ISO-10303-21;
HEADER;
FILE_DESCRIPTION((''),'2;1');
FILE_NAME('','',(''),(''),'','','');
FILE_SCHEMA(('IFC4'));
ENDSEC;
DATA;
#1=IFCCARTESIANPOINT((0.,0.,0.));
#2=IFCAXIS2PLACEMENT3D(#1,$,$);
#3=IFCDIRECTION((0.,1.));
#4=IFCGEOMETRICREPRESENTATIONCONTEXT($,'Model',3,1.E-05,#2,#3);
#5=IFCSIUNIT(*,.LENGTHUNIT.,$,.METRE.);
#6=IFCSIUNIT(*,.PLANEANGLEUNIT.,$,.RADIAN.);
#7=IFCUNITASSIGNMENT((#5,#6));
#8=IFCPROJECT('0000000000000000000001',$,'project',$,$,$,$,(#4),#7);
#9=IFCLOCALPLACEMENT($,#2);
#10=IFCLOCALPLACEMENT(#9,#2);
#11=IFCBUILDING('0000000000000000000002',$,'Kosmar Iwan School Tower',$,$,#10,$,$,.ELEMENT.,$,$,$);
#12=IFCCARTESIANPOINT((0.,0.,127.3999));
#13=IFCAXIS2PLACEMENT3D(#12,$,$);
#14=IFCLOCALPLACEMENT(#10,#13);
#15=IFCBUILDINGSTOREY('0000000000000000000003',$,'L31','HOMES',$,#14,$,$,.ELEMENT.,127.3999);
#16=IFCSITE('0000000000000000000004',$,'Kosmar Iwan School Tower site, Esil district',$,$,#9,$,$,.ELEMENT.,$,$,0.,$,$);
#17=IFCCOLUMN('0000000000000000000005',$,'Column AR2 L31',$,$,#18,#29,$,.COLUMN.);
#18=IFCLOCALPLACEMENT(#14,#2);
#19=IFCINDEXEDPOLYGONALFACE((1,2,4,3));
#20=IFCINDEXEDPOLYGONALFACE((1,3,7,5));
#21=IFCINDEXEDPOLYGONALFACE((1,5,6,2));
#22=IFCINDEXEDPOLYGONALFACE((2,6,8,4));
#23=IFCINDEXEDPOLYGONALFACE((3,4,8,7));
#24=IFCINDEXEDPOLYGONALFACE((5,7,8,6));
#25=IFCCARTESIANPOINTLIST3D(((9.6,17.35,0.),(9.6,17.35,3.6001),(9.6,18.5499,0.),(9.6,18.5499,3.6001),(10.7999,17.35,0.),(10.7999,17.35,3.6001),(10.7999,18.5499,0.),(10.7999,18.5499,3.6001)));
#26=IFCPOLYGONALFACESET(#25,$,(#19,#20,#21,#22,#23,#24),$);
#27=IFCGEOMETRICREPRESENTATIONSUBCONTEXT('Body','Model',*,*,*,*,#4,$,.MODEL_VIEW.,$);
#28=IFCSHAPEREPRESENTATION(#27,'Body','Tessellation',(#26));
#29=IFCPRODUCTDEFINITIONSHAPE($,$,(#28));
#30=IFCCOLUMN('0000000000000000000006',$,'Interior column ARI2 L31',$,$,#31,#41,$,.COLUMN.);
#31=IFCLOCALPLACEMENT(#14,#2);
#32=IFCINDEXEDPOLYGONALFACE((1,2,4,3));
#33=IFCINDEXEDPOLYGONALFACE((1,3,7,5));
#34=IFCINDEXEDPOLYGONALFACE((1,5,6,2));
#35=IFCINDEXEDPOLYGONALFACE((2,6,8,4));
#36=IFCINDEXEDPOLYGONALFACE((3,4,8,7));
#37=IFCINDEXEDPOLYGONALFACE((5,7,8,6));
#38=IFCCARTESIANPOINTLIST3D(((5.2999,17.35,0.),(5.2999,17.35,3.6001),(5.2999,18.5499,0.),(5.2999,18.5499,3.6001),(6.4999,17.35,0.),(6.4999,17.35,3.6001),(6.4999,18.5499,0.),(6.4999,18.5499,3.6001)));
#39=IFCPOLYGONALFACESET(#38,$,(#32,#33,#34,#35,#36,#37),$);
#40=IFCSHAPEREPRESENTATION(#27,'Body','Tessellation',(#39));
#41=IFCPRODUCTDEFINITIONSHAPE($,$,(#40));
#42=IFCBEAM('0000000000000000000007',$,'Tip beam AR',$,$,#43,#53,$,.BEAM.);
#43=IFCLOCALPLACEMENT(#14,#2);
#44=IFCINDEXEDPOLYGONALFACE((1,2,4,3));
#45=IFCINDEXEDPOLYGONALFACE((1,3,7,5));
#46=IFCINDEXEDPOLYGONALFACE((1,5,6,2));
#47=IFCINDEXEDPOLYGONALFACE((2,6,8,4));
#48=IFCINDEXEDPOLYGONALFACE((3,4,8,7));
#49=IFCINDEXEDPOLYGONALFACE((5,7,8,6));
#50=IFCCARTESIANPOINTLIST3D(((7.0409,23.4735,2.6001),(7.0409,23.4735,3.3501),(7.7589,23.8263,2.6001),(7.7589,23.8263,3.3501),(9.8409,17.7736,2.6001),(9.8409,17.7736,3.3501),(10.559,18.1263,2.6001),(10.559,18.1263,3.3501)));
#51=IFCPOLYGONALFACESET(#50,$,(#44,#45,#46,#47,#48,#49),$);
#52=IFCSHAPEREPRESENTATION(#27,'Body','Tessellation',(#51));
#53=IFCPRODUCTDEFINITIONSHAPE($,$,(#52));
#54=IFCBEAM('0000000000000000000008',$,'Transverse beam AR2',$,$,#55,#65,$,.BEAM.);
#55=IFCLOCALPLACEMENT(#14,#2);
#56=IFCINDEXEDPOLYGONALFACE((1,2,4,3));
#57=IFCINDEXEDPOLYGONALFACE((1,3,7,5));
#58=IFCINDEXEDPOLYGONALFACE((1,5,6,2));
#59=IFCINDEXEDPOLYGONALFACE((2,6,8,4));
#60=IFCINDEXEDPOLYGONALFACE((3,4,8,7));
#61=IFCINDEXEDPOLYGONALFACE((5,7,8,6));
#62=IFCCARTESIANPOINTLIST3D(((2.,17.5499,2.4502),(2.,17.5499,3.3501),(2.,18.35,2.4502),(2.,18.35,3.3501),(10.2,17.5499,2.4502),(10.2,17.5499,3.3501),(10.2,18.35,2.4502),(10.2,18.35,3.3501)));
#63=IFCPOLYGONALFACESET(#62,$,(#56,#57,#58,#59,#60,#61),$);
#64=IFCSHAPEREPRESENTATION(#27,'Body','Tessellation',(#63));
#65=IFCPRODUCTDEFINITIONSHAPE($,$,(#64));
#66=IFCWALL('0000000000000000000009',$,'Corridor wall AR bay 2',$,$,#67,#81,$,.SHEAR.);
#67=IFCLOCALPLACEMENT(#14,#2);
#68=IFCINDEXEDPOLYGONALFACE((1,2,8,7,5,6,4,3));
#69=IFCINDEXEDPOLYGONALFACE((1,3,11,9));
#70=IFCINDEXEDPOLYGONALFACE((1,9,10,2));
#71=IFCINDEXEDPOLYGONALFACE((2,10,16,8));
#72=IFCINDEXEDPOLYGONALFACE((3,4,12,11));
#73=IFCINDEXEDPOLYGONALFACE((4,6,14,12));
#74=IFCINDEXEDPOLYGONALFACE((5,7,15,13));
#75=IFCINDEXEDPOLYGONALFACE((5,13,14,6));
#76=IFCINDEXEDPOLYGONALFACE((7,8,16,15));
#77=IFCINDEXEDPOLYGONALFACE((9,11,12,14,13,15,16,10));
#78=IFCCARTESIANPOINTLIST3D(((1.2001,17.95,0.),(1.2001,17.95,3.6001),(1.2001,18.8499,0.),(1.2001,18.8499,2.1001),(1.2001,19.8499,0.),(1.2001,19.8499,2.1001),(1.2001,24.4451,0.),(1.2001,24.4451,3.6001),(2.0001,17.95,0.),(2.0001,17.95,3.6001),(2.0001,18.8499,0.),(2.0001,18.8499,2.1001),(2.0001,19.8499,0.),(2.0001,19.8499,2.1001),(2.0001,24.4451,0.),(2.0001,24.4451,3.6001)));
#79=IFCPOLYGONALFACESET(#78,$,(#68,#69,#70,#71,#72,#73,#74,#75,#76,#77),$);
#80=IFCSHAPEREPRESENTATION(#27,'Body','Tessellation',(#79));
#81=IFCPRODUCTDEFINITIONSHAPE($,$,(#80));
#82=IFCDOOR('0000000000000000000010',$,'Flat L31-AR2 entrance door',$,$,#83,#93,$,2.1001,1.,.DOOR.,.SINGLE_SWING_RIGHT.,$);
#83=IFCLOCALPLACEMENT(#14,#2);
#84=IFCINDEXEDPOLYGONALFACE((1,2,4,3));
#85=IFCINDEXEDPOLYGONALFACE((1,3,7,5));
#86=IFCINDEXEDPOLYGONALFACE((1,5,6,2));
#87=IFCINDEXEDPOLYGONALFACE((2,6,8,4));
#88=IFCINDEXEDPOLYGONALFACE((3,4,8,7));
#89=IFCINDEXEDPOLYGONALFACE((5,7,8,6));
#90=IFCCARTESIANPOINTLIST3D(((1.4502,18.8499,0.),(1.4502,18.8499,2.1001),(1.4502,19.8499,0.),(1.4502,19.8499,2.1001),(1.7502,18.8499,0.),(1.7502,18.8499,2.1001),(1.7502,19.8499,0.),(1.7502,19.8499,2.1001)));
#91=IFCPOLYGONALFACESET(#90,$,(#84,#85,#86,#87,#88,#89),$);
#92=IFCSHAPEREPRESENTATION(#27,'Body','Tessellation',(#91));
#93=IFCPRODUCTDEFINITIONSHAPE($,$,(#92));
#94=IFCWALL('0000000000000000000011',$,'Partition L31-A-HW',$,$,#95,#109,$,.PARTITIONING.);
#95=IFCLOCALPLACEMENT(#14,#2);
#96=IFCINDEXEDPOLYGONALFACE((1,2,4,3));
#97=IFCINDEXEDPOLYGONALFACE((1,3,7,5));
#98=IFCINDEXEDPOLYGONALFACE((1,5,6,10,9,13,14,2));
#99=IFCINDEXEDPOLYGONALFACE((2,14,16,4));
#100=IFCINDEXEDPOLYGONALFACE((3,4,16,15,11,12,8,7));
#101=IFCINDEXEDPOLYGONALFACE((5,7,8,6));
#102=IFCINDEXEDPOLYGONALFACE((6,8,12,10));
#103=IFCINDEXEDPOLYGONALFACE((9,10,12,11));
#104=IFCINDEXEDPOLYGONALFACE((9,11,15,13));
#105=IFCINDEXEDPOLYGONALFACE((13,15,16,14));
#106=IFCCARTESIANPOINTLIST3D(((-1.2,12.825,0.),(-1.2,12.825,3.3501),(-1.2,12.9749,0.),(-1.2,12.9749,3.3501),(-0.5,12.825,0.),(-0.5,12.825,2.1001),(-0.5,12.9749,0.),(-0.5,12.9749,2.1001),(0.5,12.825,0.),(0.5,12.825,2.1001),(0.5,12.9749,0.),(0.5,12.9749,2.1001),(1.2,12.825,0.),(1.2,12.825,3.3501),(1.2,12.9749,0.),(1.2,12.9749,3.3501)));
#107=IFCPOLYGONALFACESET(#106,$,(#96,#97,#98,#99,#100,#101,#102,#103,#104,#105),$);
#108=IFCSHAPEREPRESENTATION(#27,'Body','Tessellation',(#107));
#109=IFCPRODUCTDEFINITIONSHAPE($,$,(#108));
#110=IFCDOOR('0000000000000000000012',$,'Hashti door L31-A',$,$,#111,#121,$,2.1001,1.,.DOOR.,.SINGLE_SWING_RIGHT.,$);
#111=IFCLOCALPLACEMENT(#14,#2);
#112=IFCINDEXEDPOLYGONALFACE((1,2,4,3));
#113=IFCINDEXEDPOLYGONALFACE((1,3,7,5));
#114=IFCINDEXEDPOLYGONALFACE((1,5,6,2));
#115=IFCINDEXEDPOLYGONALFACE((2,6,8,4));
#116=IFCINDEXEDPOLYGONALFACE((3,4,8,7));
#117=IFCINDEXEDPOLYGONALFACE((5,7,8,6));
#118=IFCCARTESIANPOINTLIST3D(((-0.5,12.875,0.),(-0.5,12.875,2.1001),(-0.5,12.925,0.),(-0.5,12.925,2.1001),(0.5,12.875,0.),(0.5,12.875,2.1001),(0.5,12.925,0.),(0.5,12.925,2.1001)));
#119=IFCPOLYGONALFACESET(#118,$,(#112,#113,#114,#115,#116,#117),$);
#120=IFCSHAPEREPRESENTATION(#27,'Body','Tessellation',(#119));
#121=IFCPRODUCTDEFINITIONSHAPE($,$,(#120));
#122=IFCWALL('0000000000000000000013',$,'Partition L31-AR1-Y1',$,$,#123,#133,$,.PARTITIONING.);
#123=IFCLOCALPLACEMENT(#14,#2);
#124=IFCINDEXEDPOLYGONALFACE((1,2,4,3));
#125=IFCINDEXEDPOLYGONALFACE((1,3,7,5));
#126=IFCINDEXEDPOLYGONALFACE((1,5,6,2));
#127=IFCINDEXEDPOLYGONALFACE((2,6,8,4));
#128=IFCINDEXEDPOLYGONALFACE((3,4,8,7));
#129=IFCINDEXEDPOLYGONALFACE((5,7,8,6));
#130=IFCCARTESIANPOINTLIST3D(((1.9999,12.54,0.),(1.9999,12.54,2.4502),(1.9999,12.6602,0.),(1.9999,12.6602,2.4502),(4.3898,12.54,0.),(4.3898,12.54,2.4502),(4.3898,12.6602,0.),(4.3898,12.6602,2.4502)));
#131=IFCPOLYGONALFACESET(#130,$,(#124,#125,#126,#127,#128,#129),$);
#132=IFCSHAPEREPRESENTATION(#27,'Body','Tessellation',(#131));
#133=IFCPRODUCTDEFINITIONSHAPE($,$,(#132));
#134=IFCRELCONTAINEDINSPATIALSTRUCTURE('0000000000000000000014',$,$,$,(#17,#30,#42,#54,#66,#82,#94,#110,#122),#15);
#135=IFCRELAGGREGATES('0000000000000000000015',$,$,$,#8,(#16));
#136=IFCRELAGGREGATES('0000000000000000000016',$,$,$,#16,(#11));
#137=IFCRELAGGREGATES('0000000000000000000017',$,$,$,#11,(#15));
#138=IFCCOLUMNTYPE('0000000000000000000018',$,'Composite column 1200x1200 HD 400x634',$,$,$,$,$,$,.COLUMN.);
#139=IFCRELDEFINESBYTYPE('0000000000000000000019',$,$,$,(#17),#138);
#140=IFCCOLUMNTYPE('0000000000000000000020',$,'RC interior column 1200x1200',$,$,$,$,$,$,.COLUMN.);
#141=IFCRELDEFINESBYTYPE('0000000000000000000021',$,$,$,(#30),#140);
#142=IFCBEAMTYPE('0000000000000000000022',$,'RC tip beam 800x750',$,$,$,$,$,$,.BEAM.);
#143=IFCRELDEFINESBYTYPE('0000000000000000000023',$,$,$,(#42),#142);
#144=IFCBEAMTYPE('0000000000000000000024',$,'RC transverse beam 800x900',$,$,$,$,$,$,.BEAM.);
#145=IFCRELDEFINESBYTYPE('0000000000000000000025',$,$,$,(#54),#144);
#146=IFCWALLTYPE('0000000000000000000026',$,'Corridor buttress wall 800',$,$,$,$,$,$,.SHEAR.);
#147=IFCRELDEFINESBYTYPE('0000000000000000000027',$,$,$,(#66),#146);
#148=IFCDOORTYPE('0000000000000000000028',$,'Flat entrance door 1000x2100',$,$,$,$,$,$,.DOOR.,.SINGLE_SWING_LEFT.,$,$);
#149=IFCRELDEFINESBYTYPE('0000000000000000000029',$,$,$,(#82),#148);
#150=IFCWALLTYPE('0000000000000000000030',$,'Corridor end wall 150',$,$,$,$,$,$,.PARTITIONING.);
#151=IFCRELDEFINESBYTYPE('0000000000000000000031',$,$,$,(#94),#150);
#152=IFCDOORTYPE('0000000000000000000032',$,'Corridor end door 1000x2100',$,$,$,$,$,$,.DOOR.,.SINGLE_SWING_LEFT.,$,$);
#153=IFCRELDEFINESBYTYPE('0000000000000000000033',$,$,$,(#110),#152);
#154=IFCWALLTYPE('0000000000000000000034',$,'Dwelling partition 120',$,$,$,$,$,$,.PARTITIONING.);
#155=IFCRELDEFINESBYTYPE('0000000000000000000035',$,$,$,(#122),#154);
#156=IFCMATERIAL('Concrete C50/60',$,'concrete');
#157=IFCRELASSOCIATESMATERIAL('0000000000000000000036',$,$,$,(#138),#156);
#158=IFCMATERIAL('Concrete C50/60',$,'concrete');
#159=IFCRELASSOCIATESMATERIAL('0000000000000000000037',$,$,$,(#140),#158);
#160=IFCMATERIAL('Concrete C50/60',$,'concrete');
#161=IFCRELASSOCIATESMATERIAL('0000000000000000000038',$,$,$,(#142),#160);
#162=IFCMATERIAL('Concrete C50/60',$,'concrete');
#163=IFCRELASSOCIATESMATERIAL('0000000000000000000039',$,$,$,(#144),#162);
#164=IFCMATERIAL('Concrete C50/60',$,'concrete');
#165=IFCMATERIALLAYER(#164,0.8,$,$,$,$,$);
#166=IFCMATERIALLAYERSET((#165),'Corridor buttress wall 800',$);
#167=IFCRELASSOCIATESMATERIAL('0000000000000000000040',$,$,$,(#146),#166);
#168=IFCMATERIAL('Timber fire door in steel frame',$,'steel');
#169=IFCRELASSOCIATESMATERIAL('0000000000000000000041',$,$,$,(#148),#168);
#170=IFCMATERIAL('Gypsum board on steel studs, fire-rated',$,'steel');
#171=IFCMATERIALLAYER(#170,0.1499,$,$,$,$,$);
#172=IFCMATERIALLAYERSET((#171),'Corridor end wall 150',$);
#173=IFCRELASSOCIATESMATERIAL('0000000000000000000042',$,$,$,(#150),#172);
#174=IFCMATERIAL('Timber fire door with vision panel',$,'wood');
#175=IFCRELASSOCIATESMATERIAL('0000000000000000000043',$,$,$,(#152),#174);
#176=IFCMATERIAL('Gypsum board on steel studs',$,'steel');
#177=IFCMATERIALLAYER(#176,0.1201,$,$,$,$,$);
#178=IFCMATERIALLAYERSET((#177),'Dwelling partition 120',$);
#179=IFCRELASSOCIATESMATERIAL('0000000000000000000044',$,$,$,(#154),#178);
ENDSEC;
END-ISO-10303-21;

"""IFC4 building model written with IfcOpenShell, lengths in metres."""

from ifc_helpers import new_model, si_unit, direction, frame, frame_2d, origin, origin_2d, place, context, subcontext, project, spatial, rectangle, extrude, material, layer, layer_set, material_profile, profile_set, type_object, element, fill, save


model = new_model("IFC4")

# Units and contexts
model_context = context("Model", 3, precision=1e-05, world=origin(), true_north=direction((0.0, 1.0)))
body_context = subcontext(model_context, "Body", "Model", "MODEL_VIEW")
ifc_project = project(units=[si_unit("LENGTHUNIT", "METRE"), si_unit("PLANEANGLEUNIT", "RADIAN")], contexts=[model_context])

# Site, building, storey
site_placement = place(None, origin())
site = spatial("IfcSite", under=ifc_project, at=site_placement, Name="Kosmar Iwan School Tower site, Esil district", CompositionType="ELEMENT", RefElevation=0.0)
building_placement = place(site_placement, origin())
building = spatial("IfcBuilding", under=site, at=building_placement, Name="Kosmar Iwan School Tower", CompositionType="ELEMENT")
storey_placement = place(building_placement, frame((0.0, 0.0, 127.3999)))
storey = spatial("IfcBuildingStorey", under=building, at=storey_placement, Name="L31", Description="HOMES", CompositionType="ELEMENT", Elevation=127.3999)

# Columns
ifc_material_1 = material(Name="Concrete C50/60", Category="concrete")
ifc_material_profile_1 = material_profile(ifc_material_1, rectangle(XDim=1.2, YDim=1.2, at=origin_2d()), Name="RC 1200x1200 + HD 400x634")
ifc_profile_set_1 = profile_set([ifc_material_profile_1], Name="Concrete C50/60")
column_type_1 = type_object("IfcColumnType", Name="Composite column 1200x1200 HD 400x634", PredefinedType="COLUMN", material=ifc_profile_set_1)
column_1_placement = place(storey_placement, frame((10.2, 17.95, 0.0), z_axis=(0.0, 0.0, 1.0), x_axis=(0.0, 1.0, 0.0)))
element("IfcColumn", 1, at=column_1_placement, inside=storey, type_object=column_type_1, Name="Column AR2 L31", PredefinedType="COLUMN", context=body_context, shape_type="SweptSolid", body=[
    extrude(rectangle(XDim=1.2, YDim=1.2, at=origin_2d()), origin(), (0.0, 0.0, 1.0), 3.6001),
])
ifc_material_2 = material(Name="Concrete C50/60", Category="concrete")
ifc_material_profile_2 = material_profile(ifc_material_2, rectangle(XDim=1.2, YDim=1.2, at=origin_2d()), Name="RC 1200x1200")
ifc_profile_set_2 = profile_set([ifc_material_profile_2], Name="Concrete C50/60")
column_type_2 = type_object("IfcColumnType", Name="RC interior column 1200x1200", PredefinedType="COLUMN", material=ifc_profile_set_2)
column_2_placement = place(storey_placement, frame((5.8999, 17.95, 0.0), z_axis=(0.0, 0.0, 1.0), x_axis=(0.0, 1.0, 0.0)))
element("IfcColumn", 2, at=column_2_placement, inside=storey, type_object=column_type_2, Name="Interior column ARI2 L31", PredefinedType="COLUMN", context=body_context, shape_type="SweptSolid", body=[
    extrude(rectangle(XDim=1.2, YDim=1.2, at=origin_2d()), origin(), (0.0, 0.0, 1.0), 3.6001),
])

# Beams
ifc_material_3 = material(Name="Concrete C50/60", Category="concrete")
ifc_material_profile_3 = material_profile(ifc_material_3, rectangle(XDim=0.8, YDim=0.75, at=origin_2d()), Name="RC 800x750")
ifc_profile_set_3 = profile_set([ifc_material_profile_3], Name="Concrete C50/60")
beam_type_1 = type_object("IfcBeamType", Name="RC tip beam 800x750", PredefinedType="BEAM", material=ifc_profile_set_3)
beam_1_placement = place(storey_placement, frame((10.2, 17.95, 2.9751), z_axis=(-0.440913, 0.89755, 0.0), x_axis=(-0.89755, -0.440913, 0.0)))
element("IfcBeam", 3, at=beam_1_placement, inside=storey, type_object=beam_type_1, Name="Tip beam AR", PredefinedType="BEAM", context=body_context, shape_type="SweptSolid", body=[
    extrude(rectangle(XDim=0.8, YDim=0.75, at=origin_2d()), origin(), (0.0, 0.0, 1.0), 6.3506),
])
ifc_material_4 = material(Name="Concrete C50/60", Category="concrete")
ifc_material_profile_4 = material_profile(ifc_material_4, rectangle(XDim=0.8, YDim=0.8999, at=origin_2d()), Name="RC 800x900")
ifc_profile_set_4 = profile_set([ifc_material_profile_4], Name="Concrete C50/60")
beam_type_2 = type_object("IfcBeamType", Name="RC transverse beam 800x900", PredefinedType="BEAM", material=ifc_profile_set_4)
beam_2_placement = place(storey_placement, frame((10.2, 17.95, 2.9001), z_axis=(-1.0, 0.0, 0.0), x_axis=(0.0, -1.0, 0.0)))
element("IfcBeam", 4, at=beam_2_placement, inside=storey, type_object=beam_type_2, Name="Transverse beam AR2", PredefinedType="BEAM", context=body_context, shape_type="SweptSolid", body=[
    extrude(rectangle(XDim=0.8, YDim=0.8999, at=origin_2d()), origin(), (0.0, 0.0, 1.0), 8.2),
])

# Walls, openings, doors
ifc_material_5 = material(Name="Concrete C50/60", Category="concrete")
ifc_layer_1 = layer(ifc_material_5, 0.8)
ifc_layer_set_1 = layer_set([ifc_layer_1], Name="Corridor buttress wall 800")
wall_type_1 = type_object("IfcWallType", Name="Corridor buttress wall 800", PredefinedType="SHEAR", material=ifc_layer_set_1)
wall_1_placement = place(storey_placement, frame((1.6001, 17.95, 0.0), z_axis=(0.0, 0.0, 1.0), x_axis=(0.0, 1.0, 0.0)))
wall_1 = element("IfcWall", 5, at=wall_1_placement, inside=storey, type_object=wall_type_1, Name="Corridor wall AR bay 2", PredefinedType="SHEAR", context=body_context, shape_type="SweptSolid", body=[
    extrude(rectangle(XDim=6.4951, YDim=0.8, at=frame_2d((3.2476, 0.0))), origin(), (0.0, 0.0, 1.0), 3.6001),
])
opening_1_placement = place(wall_1_placement, frame((0.8999, 0.0, 0.0)))
opening_1 = element("IfcOpeningElement", 6, at=opening_1_placement, cuts=wall_1, PredefinedType="OPENING", context=body_context, shape_type="SweptSolid", body=[
    extrude(rectangle(XDim=1.0, YDim=2.1001, at=frame_2d((0.5, 1.05))), frame((0.0, 0.4121, 0.0), z_axis=(0.0, -1.0, 0.0), x_axis=(1.0, 0.0, 0.0)), (0.0, 0.0, 1.0), 0.824),
])
ifc_material_6 = material(Name="Timber fire door in steel frame", Category="steel")
door_type_1 = type_object("IfcDoorType", Name="Flat entrance door 1000x2100", OperationType="SINGLE_SWING_LEFT", PredefinedType="DOOR", material=ifc_material_6)
door_1_placement = place(opening_1_placement, origin())
door_1 = element("IfcDoor", 7, at=door_1_placement, inside=storey, type_object=door_type_1, Name="Flat L31-AR2 entrance door", OperationType="SINGLE_SWING_RIGHT", OverallHeight=2.1001, OverallWidth=1.0, PredefinedType="DOOR", context=body_context, shape_type="SweptSolid", body=[
    extrude(rectangle(XDim=1.0, YDim=2.1001, at=frame_2d((0.5, 1.05))), frame((0.0, 0.1499, 0.0), z_axis=(0.0, -1.0, 0.0), x_axis=(1.0, 0.0, 0.0)), (0.0, 0.0, 1.0), 0.3),
])
fill(opening_1, door_1)
ifc_material_7 = material(Name="Gypsum board on steel studs, fire-rated", Category="steel")
ifc_layer_2 = layer(ifc_material_7, 0.1499)
ifc_layer_set_2 = layer_set([ifc_layer_2], Name="Corridor end wall 150")
wall_type_2 = type_object("IfcWallType", Name="Corridor end wall 150", PredefinedType="PARTITIONING", material=ifc_layer_set_2)
wall_2_placement = place(storey_placement, frame((1.2, 12.8999, 0.0), z_axis=(0.0, 0.0, 1.0), x_axis=(-1.0, 0.0, 0.0)))
wall_2 = element("IfcWall", 8, at=wall_2_placement, inside=storey, type_object=wall_type_2, Name="Partition L31-A-HW", PredefinedType="PARTITIONING", context=body_context, shape_type="SweptSolid", body=[
    extrude(rectangle(XDim=2.3999, YDim=0.1499, at=frame_2d((1.2, 0.0))), origin(), (0.0, 0.0, 1.0), 3.3501),
])
opening_2_placement = place(wall_2_placement, frame((0.7, 0.0, 0.0)))
opening_2 = element("IfcOpeningElement", 9, at=opening_2_placement, cuts=wall_2, PredefinedType="OPENING", context=body_context, shape_type="SweptSolid", body=[
    extrude(rectangle(XDim=1.0, YDim=2.1001, at=frame_2d((0.5, 1.05))), frame((0.0, 0.0869, 0.0), z_axis=(0.0, -1.0, 0.0), x_axis=(1.0, 0.0, 0.0)), (0.0, 0.0, 1.0), 0.1738),
])
ifc_material_8 = material(Name="Timber fire door with vision panel", Category="wood")
door_type_2 = type_object("IfcDoorType", Name="Corridor end door 1000x2100", OperationType="SINGLE_SWING_LEFT", PredefinedType="DOOR", material=ifc_material_8)
door_2_placement = place(opening_2_placement, origin())
door_2 = element("IfcDoor", 10, at=door_2_placement, inside=storey, type_object=door_type_2, Name="Hashti door L31-A", OperationType="SINGLE_SWING_RIGHT", OverallHeight=2.1001, OverallWidth=1.0, PredefinedType="DOOR", context=body_context, shape_type="SweptSolid", body=[
    extrude(rectangle(XDim=1.0, YDim=2.1001, at=frame_2d((0.5, 1.05))), frame((0.0, 0.0249, 0.0), z_axis=(0.0, -1.0, 0.0), x_axis=(1.0, 0.0, 0.0)), (0.0, 0.0, 1.0), 0.05),
])
fill(opening_2, door_2)

# Wall
ifc_material_9 = material(Name="Gypsum board on steel studs", Category="steel")
ifc_layer_3 = layer(ifc_material_9, 0.1201)
ifc_layer_set_3 = layer_set([ifc_layer_3], Name="Dwelling partition 120")
wall_type_3 = type_object("IfcWallType", Name="Dwelling partition 120", PredefinedType="PARTITIONING", material=ifc_layer_set_3)
wall_3_placement = place(storey_placement, frame((2.0, 12.6001, 0.0), z_axis=(0.0, 0.0, 1.0), x_axis=(1.0, 0.0, 0.0)))
element("IfcWall", 11, at=wall_3_placement, inside=storey, type_object=wall_type_3, Name="Partition L31-AR1-Y1", PredefinedType="PARTITIONING", context=body_context, shape_type="SweptSolid", body=[
    extrude(rectangle(XDim=2.3899, YDim=0.1201, at=frame_2d((1.1948, 0.0))), origin(), (0.0, 0.0, 1.0), 2.4502),
])

save(model, "model.ifc")
